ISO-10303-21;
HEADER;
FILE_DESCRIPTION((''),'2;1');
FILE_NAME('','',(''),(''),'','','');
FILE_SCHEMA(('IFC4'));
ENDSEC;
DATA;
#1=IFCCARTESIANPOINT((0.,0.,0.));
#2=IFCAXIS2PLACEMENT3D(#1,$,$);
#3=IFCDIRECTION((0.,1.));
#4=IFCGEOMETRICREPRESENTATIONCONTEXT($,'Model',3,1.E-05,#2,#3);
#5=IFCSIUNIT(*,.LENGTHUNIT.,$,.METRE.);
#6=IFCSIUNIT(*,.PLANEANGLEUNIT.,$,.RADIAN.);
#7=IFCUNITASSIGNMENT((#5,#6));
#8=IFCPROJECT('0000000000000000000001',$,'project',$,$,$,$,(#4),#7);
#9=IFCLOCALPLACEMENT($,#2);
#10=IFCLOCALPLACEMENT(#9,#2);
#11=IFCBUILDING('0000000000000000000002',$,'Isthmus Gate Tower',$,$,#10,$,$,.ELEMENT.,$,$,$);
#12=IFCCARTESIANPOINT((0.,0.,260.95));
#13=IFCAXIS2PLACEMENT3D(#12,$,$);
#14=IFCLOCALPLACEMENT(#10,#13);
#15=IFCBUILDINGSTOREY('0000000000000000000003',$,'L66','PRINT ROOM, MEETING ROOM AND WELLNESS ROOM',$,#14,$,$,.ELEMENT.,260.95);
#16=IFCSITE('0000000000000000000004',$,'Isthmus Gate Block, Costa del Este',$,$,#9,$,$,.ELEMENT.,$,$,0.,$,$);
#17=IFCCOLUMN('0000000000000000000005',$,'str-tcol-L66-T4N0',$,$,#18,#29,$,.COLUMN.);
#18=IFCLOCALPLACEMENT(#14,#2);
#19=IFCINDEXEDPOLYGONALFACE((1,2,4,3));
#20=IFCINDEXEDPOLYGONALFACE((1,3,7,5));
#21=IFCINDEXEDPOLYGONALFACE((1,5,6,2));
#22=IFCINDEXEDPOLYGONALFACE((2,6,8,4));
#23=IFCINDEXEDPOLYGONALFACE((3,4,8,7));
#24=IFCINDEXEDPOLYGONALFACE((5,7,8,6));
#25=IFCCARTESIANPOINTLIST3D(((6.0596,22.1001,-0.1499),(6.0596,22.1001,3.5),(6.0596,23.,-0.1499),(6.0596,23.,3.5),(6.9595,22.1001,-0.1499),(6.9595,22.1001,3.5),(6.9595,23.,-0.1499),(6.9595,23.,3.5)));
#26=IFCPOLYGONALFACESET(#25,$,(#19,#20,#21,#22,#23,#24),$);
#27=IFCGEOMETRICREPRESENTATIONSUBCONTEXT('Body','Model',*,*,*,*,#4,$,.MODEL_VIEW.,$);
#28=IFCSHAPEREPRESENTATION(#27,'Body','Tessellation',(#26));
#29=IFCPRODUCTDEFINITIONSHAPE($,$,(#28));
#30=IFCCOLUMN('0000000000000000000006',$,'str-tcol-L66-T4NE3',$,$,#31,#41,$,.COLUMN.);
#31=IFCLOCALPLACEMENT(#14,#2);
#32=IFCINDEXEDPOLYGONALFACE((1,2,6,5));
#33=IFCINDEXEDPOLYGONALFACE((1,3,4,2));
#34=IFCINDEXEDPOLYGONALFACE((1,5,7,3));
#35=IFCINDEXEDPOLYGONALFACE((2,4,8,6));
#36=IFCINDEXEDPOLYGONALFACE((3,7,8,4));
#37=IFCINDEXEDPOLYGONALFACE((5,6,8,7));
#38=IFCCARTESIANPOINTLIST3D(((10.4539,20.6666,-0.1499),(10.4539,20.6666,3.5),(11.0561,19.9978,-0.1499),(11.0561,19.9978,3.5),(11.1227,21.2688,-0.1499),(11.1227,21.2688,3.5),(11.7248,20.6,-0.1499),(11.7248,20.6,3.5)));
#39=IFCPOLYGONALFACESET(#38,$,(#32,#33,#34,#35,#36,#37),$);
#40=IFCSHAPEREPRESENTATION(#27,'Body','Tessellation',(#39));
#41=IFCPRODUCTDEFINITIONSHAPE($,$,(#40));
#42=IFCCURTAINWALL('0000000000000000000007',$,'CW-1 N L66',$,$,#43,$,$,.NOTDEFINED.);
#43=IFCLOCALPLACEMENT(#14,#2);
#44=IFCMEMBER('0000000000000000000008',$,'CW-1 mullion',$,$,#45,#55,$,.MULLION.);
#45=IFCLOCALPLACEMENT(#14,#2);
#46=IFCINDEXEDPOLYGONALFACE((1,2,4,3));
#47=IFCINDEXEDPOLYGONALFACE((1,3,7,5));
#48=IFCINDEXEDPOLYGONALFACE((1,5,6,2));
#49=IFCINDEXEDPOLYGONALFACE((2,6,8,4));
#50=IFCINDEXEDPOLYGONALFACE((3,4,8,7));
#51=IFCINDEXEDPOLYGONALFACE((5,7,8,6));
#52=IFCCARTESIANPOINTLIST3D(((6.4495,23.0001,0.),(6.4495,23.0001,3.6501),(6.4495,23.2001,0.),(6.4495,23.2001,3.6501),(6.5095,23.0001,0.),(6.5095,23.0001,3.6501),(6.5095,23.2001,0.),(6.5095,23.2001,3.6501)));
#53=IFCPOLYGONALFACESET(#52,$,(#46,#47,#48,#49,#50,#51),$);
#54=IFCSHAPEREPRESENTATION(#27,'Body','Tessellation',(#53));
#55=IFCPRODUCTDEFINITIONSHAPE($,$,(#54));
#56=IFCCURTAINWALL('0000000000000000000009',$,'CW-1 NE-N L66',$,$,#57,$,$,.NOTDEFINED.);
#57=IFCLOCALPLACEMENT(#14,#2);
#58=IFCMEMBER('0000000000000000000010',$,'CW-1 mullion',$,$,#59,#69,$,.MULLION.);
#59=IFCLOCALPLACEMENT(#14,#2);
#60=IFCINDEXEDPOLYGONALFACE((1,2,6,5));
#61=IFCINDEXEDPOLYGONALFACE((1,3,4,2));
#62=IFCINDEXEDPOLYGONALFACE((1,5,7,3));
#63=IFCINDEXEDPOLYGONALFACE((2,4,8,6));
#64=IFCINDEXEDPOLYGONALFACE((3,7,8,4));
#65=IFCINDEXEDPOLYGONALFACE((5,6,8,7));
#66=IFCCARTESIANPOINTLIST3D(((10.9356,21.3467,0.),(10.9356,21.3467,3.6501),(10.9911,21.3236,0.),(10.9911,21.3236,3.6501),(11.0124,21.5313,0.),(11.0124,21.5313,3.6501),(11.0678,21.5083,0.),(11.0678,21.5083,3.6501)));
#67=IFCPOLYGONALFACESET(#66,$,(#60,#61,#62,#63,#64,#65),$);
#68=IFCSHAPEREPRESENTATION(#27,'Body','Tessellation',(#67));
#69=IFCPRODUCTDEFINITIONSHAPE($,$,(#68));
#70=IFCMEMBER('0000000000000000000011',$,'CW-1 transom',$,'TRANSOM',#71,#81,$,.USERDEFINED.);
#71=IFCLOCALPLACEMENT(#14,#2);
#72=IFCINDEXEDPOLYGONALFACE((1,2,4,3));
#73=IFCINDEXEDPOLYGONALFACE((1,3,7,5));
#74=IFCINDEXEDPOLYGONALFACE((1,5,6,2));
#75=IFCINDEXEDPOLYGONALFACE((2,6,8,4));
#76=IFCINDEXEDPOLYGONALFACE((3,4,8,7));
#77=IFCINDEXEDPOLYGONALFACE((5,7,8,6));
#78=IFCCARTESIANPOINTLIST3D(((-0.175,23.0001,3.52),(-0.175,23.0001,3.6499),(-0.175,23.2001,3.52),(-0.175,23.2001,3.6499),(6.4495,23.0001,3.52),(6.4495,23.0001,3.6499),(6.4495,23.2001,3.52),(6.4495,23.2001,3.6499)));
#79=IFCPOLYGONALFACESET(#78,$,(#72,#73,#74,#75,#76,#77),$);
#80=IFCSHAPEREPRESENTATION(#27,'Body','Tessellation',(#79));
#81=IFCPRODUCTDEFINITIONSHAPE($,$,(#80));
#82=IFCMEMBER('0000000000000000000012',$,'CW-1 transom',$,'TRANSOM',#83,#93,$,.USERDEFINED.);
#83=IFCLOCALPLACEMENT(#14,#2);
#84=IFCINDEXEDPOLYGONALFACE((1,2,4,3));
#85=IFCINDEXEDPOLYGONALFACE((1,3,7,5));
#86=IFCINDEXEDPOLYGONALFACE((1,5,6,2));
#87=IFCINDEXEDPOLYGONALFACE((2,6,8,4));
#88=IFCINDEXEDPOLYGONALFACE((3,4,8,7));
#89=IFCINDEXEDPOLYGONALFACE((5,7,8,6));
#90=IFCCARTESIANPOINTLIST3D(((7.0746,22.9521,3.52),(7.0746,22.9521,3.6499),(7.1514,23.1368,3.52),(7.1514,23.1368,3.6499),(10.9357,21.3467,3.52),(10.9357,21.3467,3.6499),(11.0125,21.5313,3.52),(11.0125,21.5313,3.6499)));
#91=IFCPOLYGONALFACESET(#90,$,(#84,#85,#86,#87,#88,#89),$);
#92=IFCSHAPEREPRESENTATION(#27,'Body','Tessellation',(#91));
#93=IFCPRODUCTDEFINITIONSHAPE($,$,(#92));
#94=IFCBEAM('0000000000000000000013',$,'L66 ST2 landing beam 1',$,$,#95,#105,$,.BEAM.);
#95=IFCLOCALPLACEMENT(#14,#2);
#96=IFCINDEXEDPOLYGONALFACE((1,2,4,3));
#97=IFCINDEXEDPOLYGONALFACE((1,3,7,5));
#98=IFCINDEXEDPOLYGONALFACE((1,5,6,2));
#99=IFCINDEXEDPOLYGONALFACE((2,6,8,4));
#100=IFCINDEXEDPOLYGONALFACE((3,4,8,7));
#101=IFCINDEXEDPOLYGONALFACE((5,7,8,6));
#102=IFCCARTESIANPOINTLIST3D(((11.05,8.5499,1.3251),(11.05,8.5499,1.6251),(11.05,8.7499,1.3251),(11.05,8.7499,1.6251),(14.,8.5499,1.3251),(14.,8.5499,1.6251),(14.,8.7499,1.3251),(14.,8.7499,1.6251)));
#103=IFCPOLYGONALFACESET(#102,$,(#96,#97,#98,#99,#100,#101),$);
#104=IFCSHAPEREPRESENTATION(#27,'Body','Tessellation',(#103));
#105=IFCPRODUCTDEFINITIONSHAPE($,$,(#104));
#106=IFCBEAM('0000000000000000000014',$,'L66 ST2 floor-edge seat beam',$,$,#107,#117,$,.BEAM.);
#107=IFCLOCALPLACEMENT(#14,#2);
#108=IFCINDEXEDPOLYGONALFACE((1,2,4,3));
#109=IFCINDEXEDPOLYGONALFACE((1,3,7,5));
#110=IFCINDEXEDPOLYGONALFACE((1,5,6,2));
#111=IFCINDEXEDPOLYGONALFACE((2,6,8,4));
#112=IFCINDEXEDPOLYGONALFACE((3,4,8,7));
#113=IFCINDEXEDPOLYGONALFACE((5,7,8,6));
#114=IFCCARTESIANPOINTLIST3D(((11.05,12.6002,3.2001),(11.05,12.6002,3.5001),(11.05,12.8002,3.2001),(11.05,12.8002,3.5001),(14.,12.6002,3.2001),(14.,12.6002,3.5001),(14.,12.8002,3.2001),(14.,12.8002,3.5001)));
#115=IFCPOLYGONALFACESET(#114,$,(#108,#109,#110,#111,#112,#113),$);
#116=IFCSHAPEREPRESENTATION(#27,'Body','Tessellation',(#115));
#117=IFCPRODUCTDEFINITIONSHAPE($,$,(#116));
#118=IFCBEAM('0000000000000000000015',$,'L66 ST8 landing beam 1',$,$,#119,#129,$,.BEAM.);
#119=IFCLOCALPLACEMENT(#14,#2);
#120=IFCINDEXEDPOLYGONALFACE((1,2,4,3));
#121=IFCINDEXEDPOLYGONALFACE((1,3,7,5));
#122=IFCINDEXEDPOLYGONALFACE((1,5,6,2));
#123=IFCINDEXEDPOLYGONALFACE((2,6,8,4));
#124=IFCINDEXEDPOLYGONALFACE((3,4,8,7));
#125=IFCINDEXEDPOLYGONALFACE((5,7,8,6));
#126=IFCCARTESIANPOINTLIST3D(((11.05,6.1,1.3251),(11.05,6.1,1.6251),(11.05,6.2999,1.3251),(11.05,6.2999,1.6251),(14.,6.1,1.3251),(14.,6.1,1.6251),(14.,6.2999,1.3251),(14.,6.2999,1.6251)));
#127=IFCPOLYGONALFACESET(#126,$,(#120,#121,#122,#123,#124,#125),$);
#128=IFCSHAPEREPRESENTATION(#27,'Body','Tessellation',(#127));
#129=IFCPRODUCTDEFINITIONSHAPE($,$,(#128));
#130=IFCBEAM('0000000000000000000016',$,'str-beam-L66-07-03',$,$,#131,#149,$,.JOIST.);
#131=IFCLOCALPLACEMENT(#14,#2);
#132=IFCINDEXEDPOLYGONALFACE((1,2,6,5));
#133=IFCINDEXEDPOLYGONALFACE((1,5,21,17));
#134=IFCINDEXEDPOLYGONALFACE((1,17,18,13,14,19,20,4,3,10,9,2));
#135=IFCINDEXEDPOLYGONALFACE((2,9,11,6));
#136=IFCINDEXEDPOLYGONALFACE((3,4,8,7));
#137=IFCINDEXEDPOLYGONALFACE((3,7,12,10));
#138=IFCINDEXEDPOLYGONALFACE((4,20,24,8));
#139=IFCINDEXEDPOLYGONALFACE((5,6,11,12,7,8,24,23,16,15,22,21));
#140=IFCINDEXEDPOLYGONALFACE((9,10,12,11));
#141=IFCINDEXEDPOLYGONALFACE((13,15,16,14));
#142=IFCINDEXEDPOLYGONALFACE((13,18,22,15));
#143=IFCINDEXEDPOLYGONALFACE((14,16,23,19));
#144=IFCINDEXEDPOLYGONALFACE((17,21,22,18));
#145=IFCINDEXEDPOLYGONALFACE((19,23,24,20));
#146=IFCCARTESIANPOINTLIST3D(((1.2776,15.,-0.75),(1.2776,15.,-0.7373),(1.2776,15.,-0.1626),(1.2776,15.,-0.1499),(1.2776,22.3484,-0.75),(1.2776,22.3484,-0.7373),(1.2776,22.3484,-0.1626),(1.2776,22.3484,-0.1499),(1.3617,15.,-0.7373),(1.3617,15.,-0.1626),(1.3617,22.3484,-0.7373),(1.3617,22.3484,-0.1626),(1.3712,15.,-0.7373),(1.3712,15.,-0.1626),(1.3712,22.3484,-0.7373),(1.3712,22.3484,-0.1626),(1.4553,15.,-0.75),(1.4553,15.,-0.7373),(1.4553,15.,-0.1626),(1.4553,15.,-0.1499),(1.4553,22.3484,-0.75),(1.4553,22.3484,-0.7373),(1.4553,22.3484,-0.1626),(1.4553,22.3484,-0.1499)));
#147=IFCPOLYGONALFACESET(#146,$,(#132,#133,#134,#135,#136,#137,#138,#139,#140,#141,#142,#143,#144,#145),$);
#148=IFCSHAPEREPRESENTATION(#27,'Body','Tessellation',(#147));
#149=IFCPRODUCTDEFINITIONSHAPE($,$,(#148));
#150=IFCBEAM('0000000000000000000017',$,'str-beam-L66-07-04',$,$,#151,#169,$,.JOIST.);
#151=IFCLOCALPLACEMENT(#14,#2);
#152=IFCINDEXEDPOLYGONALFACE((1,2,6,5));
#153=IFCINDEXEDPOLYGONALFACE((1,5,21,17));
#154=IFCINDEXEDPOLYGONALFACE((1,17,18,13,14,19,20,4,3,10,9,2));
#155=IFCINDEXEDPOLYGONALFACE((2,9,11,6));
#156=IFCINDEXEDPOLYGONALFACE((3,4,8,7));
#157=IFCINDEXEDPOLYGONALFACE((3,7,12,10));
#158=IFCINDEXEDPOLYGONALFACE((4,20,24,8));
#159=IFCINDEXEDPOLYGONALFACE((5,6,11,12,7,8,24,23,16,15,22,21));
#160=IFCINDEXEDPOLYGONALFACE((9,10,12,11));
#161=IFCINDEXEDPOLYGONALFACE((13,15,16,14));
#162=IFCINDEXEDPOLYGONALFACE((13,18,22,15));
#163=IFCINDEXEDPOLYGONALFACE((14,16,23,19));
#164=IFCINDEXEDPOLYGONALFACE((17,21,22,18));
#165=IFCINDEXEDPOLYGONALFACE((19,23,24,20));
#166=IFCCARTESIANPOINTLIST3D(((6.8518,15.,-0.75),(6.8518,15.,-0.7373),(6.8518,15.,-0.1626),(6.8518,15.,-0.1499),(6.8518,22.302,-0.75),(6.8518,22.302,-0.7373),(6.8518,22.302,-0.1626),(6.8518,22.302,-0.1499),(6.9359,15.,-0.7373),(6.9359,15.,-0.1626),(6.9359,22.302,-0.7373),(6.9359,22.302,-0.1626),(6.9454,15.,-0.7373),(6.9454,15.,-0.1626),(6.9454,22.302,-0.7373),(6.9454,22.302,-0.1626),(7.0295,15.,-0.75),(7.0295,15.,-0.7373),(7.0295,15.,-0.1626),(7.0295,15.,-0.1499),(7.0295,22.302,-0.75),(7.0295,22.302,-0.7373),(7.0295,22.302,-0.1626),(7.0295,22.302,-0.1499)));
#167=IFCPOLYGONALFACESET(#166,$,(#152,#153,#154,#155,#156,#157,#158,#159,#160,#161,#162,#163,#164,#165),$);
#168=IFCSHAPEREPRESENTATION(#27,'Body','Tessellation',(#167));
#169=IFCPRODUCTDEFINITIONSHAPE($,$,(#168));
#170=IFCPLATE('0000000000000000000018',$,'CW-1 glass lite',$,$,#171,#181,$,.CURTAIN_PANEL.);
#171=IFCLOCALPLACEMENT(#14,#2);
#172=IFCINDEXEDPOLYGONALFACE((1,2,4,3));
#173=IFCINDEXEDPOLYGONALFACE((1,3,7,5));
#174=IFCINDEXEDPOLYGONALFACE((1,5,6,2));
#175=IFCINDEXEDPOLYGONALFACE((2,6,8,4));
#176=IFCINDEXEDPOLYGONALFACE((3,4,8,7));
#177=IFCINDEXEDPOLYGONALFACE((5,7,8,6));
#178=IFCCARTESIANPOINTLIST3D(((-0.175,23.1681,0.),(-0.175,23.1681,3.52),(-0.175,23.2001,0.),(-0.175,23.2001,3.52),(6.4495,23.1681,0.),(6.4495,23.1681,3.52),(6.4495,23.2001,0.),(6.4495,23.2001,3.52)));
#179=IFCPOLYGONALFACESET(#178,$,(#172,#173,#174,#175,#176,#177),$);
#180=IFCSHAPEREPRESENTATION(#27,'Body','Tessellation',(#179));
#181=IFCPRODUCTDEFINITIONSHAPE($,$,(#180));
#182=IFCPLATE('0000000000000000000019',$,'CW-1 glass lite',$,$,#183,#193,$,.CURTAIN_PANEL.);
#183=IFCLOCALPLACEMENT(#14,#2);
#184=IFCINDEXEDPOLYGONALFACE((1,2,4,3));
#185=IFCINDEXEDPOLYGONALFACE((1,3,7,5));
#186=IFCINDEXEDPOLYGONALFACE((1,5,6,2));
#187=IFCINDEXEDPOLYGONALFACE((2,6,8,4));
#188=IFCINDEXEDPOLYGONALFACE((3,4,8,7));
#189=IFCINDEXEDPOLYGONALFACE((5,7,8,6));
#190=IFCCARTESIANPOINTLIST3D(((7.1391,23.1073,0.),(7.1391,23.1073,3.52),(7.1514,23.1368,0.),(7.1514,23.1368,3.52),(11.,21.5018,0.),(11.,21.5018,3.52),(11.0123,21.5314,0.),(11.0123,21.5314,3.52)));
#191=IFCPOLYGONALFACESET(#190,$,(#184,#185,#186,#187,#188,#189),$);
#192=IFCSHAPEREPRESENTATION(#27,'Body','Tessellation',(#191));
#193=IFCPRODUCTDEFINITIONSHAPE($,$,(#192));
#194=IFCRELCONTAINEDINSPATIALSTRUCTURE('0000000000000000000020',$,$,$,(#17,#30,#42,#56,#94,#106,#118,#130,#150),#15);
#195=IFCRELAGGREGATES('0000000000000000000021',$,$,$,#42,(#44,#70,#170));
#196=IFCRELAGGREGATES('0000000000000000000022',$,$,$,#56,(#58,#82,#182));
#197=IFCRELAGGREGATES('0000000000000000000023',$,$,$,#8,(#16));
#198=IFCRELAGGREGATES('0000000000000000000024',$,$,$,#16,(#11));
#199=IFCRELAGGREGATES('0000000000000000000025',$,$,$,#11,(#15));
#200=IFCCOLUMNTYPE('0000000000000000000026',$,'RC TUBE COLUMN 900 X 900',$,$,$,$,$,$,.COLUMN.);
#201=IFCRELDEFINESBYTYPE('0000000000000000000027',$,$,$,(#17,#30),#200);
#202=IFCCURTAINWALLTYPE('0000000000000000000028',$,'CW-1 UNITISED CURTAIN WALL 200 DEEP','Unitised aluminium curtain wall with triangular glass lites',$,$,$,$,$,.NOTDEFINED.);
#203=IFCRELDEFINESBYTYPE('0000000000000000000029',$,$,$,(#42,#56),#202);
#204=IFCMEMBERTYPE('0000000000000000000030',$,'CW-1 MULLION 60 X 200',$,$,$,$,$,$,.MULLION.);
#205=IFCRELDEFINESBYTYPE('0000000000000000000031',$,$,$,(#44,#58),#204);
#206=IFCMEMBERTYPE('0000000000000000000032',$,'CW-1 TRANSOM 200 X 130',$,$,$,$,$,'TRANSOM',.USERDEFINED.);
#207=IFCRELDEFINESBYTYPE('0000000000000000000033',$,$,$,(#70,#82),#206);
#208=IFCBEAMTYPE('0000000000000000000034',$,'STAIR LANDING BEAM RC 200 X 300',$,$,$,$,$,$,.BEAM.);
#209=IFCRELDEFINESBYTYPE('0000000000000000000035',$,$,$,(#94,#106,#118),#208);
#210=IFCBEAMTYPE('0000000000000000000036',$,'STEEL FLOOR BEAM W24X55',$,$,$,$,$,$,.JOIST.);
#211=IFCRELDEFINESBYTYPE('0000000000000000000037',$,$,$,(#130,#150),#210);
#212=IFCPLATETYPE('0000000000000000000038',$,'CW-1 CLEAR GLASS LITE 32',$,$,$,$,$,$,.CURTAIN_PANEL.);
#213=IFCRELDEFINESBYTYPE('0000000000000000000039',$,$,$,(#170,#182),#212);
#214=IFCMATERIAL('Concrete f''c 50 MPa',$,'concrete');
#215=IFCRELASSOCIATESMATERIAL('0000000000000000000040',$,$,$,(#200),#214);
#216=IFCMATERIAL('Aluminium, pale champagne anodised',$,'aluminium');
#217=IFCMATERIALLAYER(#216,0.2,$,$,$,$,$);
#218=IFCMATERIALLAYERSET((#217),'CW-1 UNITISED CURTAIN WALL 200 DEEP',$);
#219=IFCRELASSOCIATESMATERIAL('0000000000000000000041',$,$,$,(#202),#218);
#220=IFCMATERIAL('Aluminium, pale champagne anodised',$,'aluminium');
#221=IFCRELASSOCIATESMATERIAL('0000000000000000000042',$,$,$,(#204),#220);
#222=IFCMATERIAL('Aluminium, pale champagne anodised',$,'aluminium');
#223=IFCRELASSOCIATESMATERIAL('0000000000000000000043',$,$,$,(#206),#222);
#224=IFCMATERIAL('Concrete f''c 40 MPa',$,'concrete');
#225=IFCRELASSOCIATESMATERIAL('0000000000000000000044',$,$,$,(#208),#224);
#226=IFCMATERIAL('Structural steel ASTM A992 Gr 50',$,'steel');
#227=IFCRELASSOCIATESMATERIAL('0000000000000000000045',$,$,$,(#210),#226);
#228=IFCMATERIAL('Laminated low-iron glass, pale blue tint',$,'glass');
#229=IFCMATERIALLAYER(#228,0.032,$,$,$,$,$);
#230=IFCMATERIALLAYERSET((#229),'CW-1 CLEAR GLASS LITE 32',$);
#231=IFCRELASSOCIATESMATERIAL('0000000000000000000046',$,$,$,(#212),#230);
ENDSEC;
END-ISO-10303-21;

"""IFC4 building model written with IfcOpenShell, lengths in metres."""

from ifc_helpers import new_model, si_unit, direction, frame, origin, origin_2d, place, context, subcontext, project, spatial, rectangle, i_section, extrude, material, layer, layer_set, material_profile, profile_set, type_object, element, aggregate, save


model = new_model("IFC4")

# Units and contexts
model_context = context("Model", 3, precision=1e-05, world=origin(), true_north=direction((0.0, 1.0)))
body_context = subcontext(model_context, "Body", "Model", "MODEL_VIEW")
ifc_project = project(units=[si_unit("LENGTHUNIT", "METRE"), si_unit("PLANEANGLEUNIT", "RADIAN")], contexts=[model_context])

# Site, building, storey
site_placement = place(None, origin())
site = spatial("IfcSite", under=ifc_project, at=site_placement, Name="Isthmus Gate Block, Costa del Este", CompositionType="ELEMENT", RefElevation=0.0)
building_placement = place(site_placement, origin())
building = spatial("IfcBuilding", under=site, at=building_placement, Name="Isthmus Gate Tower", CompositionType="ELEMENT")
storey_placement = place(building_placement, frame((0.0, 0.0, 260.95)))
storey = spatial("IfcBuildingStorey", under=building, at=storey_placement, Name="L66", Description="PRINT ROOM, MEETING ROOM AND WELLNESS ROOM", CompositionType="ELEMENT", Elevation=260.95)

# Columns
ifc_material_1 = material(Name="Concrete f'c 50 MPa", Category="concrete")
ifc_material_profile_1 = material_profile(ifc_material_1, rectangle(XDim=0.8999, YDim=0.8999, at=origin_2d()), Name="RC 900X900")
ifc_profile_set_1 = profile_set([ifc_material_profile_1], Name="Concrete f'c 50 MPa")
column_type = type_object("IfcColumnType", Name="RC TUBE COLUMN 900 X 900", PredefinedType="COLUMN", material=ifc_profile_set_1)
for number, where, z_axis, x_axis, name in (
    (1, (6.5095, 22.55, -0.1499), (0.0, 0.0, 1.0), (-1.0, 0.0, 0.0), "str-tcol-L66-T4N0"),
    (2, (11.0894, 20.6333, -0.1499), (0.0, 0.0, 1.0), (-0.669131, 0.743145, 0.0), "str-tcol-L66-T4NE3"),
):
    element("IfcColumn", number, at=place(storey_placement, frame(where, z_axis=z_axis, x_axis=x_axis)), inside=storey, type_object=column_type, Name=name, PredefinedType="COLUMN", context=body_context, shape_type="SweptSolid", body=[
        extrude(rectangle(XDim=0.8999, YDim=0.8999, at=origin_2d()), origin(), (0.0, 0.0, 1.0), 3.6499),
    ])

# Curtain walls, members
ifc_material_2 = material(Name="Aluminium, pale champagne anodised", Category="aluminium")
ifc_layer_1 = layer(ifc_material_2, 0.2)
ifc_layer_set_1 = layer_set([ifc_layer_1], Name="CW-1 UNITISED CURTAIN WALL 200 DEEP")
curtain_wall_type = type_object("IfcCurtainWallType", Name="CW-1 UNITISED CURTAIN WALL 200 DEEP", Description="Unitised aluminium curtain wall with triangular glass lites", PredefinedType="NOTDEFINED", material=ifc_layer_set_1)
curtain_wall_1_placement = place(storey_placement, origin())
curtain_wall_1 = element("IfcCurtainWall", 3, at=curtain_wall_1_placement, inside=storey, type_object=curtain_wall_type, Name="CW-1 N L66", PredefinedType="NOTDEFINED")
ifc_material_3 = material(Name="Aluminium, pale champagne anodised", Category="aluminium")
ifc_material_profile_2 = material_profile(ifc_material_3, rectangle(XDim=0.0601, YDim=0.2, at=origin_2d()), Name="60x200")
ifc_profile_set_2 = profile_set([ifc_material_profile_2], Name="Aluminium, pale champagne anodised")
member_type_1 = type_object("IfcMemberType", Name="CW-1 MULLION 60 X 200", PredefinedType="MULLION", material=ifc_profile_set_2)
member_1_placement = place(storey_placement, frame((6.4795, 23.1001, 0.0), z_axis=(0.0, 0.0, 1.0), x_axis=(-1.0, 0.0, 0.0)))
member_1 = element("IfcMember", 4, at=member_1_placement, type_object=member_type_1, Name="CW-1 mullion", PredefinedType="MULLION", context=body_context, shape_type="SweptSolid", body=[
    extrude(rectangle(XDim=0.0601, YDim=0.2, at=origin_2d()), origin(), (0.0, 0.0, 1.0), 3.6501),
])
curtain_wall_2_placement = place(storey_placement, origin())
curtain_wall_2 = element("IfcCurtainWall", 5, at=curtain_wall_2_placement, inside=storey, type_object=curtain_wall_type, Name="CW-1 NE-N L66", PredefinedType="NOTDEFINED")
member_2_placement = place(storey_placement, frame((11.0017, 21.4275, 0.0), z_axis=(0.0, 0.0, 1.0), x_axis=(-0.923353, 0.383952, 0.0)))
member_2 = element("IfcMember", 6, at=member_2_placement, type_object=member_type_1, Name="CW-1 mullion", PredefinedType="MULLION", context=body_context, shape_type="SweptSolid", body=[
    extrude(rectangle(XDim=0.0601, YDim=0.2, at=origin_2d()), origin(), (0.0, 0.0, 1.0), 3.6501),
])

# Members
ifc_material_4 = material(Name="Aluminium, pale champagne anodised", Category="aluminium")
ifc_material_profile_3 = material_profile(ifc_material_4, rectangle(XDim=0.2, YDim=0.1299, at=origin_2d()), Name="200x130")
ifc_profile_set_3 = profile_set([ifc_material_profile_3], Name="Aluminium, pale champagne anodised")
member_type_2 = type_object("IfcMemberType", Name="CW-1 TRANSOM 200 X 130", ElementType="TRANSOM", PredefinedType="USERDEFINED", material=ifc_profile_set_3)
member_3_placement = place(storey_placement, frame((6.4495, 23.1001, 3.585), z_axis=(-1.0, 0.0, 0.0), x_axis=(0.0, -1.0, 0.0)))
member_3 = element("IfcMember", 7, at=member_3_placement, type_object=member_type_2, Name="CW-1 transom", ObjectType="TRANSOM", PredefinedType="USERDEFINED", context=body_context, shape_type="SweptSolid", body=[
    extrude(rectangle(XDim=0.2, YDim=0.1299, at=origin_2d()), origin(), (0.0, 0.0, 1.0), 6.6245),
])
member_4_placement = place(storey_placement, frame((10.9741, 21.439, 3.585), z_axis=(-0.923358, 0.38394, 0.0), x_axis=(-0.38394, -0.923358, 0.0)))
member_4 = element("IfcMember", 8, at=member_4_placement, type_object=member_type_2, Name="CW-1 transom", ObjectType="TRANSOM", PredefinedType="USERDEFINED", context=body_context, shape_type="SweptSolid", body=[
    extrude(rectangle(XDim=0.2, YDim=0.1299, at=origin_2d()), origin(), (0.0, 0.0, 1.0), 4.1816),
])

# Beams
ifc_material_5 = material(Name="Concrete f'c 40 MPa", Category="concrete")
ifc_material_profile_4 = material_profile(ifc_material_5, rectangle(XDim=0.2, YDim=0.3, at=origin_2d()), Name="STAIR LANDING BEAM RC 200 X 300")
ifc_profile_set_4 = profile_set([ifc_material_profile_4], Name="Concrete f'c 40 MPa")
beam_type_1 = type_object("IfcBeamType", Name="STAIR LANDING BEAM RC 200 X 300", PredefinedType="BEAM", material=ifc_profile_set_4)
for number, where, z_axis, x_axis, name in (
    (9, (11.05, 8.6499, 1.4751), (1.0, 0.0, 0.0), (0.0, 1.0, 0.0), "L66 ST2 landing beam 1"),
    (10, (11.05, 12.7002, 3.3501), (1.0, 0.0, 0.0), (0.0, 1.0, 0.0), "L66 ST2 floor-edge seat beam"),
    (11, (11.05, 6.2, 1.4751), (1.0, 0.0, 0.0), (0.0, 1.0, 0.0), "L66 ST8 landing beam 1"),
):
    element("IfcBeam", number, at=place(storey_placement, frame(where, z_axis=z_axis, x_axis=x_axis)), inside=storey, type_object=beam_type_1, Name=name, PredefinedType="BEAM", context=body_context, shape_type="SweptSolid", body=[
        extrude(rectangle(XDim=0.2, YDim=0.3, at=origin_2d()), origin(), (0.0, 0.0, 1.0), 2.95),
    ])
ifc_material_6 = material(Name="Structural steel ASTM A992 Gr 50", Category="steel")
ifc_material_profile_5 = material_profile(ifc_material_6, i_section(OverallWidth=0.1777, OverallDepth=0.6001, WebThickness=0.0095, FlangeThickness=0.0127, at=origin_2d()), Name="W24X55")
ifc_profile_set_5 = profile_set([ifc_material_profile_5], Name="Structural steel ASTM A992 Gr 50")
beam_type_2 = type_object("IfcBeamType", Name="STEEL FLOOR BEAM W24X55", PredefinedType="JOIST", material=ifc_profile_set_5)
beam_1_placement = place(storey_placement, frame((1.3665, 15.0, -0.45), z_axis=(0.0, 1.0, 0.0), x_axis=(-1.0, 0.0, 0.0)))
element("IfcBeam", 12, at=beam_1_placement, inside=storey, type_object=beam_type_2, Name="str-beam-L66-07-03", PredefinedType="JOIST", context=body_context, shape_type="SweptSolid", body=[
    extrude(i_section(OverallWidth=0.1777, OverallDepth=0.6001, WebThickness=0.0095, FlangeThickness=0.0127, at=origin_2d()), origin(), (0.0, 0.0, 1.0), 7.3484),
])
beam_2_placement = place(storey_placement, frame((6.9407, 15.0, -0.45), z_axis=(0.0, 1.0, 0.0), x_axis=(-1.0, 0.0, 0.0)))
element("IfcBeam", 13, at=beam_2_placement, inside=storey, type_object=beam_type_2, Name="str-beam-L66-07-04", PredefinedType="JOIST", context=body_context, shape_type="SweptSolid", body=[
    extrude(i_section(OverallWidth=0.1777, OverallDepth=0.6001, WebThickness=0.0095, FlangeThickness=0.0127, at=origin_2d()), origin(), (0.0, 0.0, 1.0), 7.302),
])

# Plates
ifc_material_7 = material(Name="Laminated low-iron glass, pale blue tint", Category="glass")
ifc_layer_2 = layer(ifc_material_7, 0.032)
ifc_layer_set_2 = layer_set([ifc_layer_2], Name="CW-1 CLEAR GLASS LITE 32")
plate_type = type_object("IfcPlateType", Name="CW-1 CLEAR GLASS LITE 32", PredefinedType="CURTAIN_PANEL", material=ifc_layer_set_2)
plate_1_placement = place(storey_placement, frame((3.1372, 23.1841, 0.0), z_axis=(0.0, 0.0, 1.0), x_axis=(-1.0, 0.0, 0.0)))
plate_1 = element("IfcPlate", 14, at=plate_1_placement, type_object=plate_type, Name="CW-1 glass lite", PredefinedType="CURTAIN_PANEL", context=body_context, shape_type="SweptSolid", body=[
    extrude(rectangle(XDim=6.6245, YDim=0.032, at=origin_2d()), origin(), (0.0, 0.0, 1.0), 3.52),
])
aggregate(curtain_wall_1, [member_1, member_3, plate_1])
plate_2_placement = place(storey_placement, frame((9.0757, 22.3193, 0.0), z_axis=(0.0, 0.0, 1.0), x_axis=(-0.923353, 0.383952, 0.0)))
plate_2 = element("IfcPlate", 15, at=plate_2_placement, type_object=plate_type, Name="CW-1 glass lite", PredefinedType="CURTAIN_PANEL", context=body_context, shape_type="SweptSolid", body=[
    extrude(rectangle(XDim=4.1814, YDim=0.032, at=origin_2d()), origin(), (0.0, 0.0, 1.0), 3.52),
])
aggregate(curtain_wall_2, [member_2, member_4, plate_2])

save(model, "model.ifc")
